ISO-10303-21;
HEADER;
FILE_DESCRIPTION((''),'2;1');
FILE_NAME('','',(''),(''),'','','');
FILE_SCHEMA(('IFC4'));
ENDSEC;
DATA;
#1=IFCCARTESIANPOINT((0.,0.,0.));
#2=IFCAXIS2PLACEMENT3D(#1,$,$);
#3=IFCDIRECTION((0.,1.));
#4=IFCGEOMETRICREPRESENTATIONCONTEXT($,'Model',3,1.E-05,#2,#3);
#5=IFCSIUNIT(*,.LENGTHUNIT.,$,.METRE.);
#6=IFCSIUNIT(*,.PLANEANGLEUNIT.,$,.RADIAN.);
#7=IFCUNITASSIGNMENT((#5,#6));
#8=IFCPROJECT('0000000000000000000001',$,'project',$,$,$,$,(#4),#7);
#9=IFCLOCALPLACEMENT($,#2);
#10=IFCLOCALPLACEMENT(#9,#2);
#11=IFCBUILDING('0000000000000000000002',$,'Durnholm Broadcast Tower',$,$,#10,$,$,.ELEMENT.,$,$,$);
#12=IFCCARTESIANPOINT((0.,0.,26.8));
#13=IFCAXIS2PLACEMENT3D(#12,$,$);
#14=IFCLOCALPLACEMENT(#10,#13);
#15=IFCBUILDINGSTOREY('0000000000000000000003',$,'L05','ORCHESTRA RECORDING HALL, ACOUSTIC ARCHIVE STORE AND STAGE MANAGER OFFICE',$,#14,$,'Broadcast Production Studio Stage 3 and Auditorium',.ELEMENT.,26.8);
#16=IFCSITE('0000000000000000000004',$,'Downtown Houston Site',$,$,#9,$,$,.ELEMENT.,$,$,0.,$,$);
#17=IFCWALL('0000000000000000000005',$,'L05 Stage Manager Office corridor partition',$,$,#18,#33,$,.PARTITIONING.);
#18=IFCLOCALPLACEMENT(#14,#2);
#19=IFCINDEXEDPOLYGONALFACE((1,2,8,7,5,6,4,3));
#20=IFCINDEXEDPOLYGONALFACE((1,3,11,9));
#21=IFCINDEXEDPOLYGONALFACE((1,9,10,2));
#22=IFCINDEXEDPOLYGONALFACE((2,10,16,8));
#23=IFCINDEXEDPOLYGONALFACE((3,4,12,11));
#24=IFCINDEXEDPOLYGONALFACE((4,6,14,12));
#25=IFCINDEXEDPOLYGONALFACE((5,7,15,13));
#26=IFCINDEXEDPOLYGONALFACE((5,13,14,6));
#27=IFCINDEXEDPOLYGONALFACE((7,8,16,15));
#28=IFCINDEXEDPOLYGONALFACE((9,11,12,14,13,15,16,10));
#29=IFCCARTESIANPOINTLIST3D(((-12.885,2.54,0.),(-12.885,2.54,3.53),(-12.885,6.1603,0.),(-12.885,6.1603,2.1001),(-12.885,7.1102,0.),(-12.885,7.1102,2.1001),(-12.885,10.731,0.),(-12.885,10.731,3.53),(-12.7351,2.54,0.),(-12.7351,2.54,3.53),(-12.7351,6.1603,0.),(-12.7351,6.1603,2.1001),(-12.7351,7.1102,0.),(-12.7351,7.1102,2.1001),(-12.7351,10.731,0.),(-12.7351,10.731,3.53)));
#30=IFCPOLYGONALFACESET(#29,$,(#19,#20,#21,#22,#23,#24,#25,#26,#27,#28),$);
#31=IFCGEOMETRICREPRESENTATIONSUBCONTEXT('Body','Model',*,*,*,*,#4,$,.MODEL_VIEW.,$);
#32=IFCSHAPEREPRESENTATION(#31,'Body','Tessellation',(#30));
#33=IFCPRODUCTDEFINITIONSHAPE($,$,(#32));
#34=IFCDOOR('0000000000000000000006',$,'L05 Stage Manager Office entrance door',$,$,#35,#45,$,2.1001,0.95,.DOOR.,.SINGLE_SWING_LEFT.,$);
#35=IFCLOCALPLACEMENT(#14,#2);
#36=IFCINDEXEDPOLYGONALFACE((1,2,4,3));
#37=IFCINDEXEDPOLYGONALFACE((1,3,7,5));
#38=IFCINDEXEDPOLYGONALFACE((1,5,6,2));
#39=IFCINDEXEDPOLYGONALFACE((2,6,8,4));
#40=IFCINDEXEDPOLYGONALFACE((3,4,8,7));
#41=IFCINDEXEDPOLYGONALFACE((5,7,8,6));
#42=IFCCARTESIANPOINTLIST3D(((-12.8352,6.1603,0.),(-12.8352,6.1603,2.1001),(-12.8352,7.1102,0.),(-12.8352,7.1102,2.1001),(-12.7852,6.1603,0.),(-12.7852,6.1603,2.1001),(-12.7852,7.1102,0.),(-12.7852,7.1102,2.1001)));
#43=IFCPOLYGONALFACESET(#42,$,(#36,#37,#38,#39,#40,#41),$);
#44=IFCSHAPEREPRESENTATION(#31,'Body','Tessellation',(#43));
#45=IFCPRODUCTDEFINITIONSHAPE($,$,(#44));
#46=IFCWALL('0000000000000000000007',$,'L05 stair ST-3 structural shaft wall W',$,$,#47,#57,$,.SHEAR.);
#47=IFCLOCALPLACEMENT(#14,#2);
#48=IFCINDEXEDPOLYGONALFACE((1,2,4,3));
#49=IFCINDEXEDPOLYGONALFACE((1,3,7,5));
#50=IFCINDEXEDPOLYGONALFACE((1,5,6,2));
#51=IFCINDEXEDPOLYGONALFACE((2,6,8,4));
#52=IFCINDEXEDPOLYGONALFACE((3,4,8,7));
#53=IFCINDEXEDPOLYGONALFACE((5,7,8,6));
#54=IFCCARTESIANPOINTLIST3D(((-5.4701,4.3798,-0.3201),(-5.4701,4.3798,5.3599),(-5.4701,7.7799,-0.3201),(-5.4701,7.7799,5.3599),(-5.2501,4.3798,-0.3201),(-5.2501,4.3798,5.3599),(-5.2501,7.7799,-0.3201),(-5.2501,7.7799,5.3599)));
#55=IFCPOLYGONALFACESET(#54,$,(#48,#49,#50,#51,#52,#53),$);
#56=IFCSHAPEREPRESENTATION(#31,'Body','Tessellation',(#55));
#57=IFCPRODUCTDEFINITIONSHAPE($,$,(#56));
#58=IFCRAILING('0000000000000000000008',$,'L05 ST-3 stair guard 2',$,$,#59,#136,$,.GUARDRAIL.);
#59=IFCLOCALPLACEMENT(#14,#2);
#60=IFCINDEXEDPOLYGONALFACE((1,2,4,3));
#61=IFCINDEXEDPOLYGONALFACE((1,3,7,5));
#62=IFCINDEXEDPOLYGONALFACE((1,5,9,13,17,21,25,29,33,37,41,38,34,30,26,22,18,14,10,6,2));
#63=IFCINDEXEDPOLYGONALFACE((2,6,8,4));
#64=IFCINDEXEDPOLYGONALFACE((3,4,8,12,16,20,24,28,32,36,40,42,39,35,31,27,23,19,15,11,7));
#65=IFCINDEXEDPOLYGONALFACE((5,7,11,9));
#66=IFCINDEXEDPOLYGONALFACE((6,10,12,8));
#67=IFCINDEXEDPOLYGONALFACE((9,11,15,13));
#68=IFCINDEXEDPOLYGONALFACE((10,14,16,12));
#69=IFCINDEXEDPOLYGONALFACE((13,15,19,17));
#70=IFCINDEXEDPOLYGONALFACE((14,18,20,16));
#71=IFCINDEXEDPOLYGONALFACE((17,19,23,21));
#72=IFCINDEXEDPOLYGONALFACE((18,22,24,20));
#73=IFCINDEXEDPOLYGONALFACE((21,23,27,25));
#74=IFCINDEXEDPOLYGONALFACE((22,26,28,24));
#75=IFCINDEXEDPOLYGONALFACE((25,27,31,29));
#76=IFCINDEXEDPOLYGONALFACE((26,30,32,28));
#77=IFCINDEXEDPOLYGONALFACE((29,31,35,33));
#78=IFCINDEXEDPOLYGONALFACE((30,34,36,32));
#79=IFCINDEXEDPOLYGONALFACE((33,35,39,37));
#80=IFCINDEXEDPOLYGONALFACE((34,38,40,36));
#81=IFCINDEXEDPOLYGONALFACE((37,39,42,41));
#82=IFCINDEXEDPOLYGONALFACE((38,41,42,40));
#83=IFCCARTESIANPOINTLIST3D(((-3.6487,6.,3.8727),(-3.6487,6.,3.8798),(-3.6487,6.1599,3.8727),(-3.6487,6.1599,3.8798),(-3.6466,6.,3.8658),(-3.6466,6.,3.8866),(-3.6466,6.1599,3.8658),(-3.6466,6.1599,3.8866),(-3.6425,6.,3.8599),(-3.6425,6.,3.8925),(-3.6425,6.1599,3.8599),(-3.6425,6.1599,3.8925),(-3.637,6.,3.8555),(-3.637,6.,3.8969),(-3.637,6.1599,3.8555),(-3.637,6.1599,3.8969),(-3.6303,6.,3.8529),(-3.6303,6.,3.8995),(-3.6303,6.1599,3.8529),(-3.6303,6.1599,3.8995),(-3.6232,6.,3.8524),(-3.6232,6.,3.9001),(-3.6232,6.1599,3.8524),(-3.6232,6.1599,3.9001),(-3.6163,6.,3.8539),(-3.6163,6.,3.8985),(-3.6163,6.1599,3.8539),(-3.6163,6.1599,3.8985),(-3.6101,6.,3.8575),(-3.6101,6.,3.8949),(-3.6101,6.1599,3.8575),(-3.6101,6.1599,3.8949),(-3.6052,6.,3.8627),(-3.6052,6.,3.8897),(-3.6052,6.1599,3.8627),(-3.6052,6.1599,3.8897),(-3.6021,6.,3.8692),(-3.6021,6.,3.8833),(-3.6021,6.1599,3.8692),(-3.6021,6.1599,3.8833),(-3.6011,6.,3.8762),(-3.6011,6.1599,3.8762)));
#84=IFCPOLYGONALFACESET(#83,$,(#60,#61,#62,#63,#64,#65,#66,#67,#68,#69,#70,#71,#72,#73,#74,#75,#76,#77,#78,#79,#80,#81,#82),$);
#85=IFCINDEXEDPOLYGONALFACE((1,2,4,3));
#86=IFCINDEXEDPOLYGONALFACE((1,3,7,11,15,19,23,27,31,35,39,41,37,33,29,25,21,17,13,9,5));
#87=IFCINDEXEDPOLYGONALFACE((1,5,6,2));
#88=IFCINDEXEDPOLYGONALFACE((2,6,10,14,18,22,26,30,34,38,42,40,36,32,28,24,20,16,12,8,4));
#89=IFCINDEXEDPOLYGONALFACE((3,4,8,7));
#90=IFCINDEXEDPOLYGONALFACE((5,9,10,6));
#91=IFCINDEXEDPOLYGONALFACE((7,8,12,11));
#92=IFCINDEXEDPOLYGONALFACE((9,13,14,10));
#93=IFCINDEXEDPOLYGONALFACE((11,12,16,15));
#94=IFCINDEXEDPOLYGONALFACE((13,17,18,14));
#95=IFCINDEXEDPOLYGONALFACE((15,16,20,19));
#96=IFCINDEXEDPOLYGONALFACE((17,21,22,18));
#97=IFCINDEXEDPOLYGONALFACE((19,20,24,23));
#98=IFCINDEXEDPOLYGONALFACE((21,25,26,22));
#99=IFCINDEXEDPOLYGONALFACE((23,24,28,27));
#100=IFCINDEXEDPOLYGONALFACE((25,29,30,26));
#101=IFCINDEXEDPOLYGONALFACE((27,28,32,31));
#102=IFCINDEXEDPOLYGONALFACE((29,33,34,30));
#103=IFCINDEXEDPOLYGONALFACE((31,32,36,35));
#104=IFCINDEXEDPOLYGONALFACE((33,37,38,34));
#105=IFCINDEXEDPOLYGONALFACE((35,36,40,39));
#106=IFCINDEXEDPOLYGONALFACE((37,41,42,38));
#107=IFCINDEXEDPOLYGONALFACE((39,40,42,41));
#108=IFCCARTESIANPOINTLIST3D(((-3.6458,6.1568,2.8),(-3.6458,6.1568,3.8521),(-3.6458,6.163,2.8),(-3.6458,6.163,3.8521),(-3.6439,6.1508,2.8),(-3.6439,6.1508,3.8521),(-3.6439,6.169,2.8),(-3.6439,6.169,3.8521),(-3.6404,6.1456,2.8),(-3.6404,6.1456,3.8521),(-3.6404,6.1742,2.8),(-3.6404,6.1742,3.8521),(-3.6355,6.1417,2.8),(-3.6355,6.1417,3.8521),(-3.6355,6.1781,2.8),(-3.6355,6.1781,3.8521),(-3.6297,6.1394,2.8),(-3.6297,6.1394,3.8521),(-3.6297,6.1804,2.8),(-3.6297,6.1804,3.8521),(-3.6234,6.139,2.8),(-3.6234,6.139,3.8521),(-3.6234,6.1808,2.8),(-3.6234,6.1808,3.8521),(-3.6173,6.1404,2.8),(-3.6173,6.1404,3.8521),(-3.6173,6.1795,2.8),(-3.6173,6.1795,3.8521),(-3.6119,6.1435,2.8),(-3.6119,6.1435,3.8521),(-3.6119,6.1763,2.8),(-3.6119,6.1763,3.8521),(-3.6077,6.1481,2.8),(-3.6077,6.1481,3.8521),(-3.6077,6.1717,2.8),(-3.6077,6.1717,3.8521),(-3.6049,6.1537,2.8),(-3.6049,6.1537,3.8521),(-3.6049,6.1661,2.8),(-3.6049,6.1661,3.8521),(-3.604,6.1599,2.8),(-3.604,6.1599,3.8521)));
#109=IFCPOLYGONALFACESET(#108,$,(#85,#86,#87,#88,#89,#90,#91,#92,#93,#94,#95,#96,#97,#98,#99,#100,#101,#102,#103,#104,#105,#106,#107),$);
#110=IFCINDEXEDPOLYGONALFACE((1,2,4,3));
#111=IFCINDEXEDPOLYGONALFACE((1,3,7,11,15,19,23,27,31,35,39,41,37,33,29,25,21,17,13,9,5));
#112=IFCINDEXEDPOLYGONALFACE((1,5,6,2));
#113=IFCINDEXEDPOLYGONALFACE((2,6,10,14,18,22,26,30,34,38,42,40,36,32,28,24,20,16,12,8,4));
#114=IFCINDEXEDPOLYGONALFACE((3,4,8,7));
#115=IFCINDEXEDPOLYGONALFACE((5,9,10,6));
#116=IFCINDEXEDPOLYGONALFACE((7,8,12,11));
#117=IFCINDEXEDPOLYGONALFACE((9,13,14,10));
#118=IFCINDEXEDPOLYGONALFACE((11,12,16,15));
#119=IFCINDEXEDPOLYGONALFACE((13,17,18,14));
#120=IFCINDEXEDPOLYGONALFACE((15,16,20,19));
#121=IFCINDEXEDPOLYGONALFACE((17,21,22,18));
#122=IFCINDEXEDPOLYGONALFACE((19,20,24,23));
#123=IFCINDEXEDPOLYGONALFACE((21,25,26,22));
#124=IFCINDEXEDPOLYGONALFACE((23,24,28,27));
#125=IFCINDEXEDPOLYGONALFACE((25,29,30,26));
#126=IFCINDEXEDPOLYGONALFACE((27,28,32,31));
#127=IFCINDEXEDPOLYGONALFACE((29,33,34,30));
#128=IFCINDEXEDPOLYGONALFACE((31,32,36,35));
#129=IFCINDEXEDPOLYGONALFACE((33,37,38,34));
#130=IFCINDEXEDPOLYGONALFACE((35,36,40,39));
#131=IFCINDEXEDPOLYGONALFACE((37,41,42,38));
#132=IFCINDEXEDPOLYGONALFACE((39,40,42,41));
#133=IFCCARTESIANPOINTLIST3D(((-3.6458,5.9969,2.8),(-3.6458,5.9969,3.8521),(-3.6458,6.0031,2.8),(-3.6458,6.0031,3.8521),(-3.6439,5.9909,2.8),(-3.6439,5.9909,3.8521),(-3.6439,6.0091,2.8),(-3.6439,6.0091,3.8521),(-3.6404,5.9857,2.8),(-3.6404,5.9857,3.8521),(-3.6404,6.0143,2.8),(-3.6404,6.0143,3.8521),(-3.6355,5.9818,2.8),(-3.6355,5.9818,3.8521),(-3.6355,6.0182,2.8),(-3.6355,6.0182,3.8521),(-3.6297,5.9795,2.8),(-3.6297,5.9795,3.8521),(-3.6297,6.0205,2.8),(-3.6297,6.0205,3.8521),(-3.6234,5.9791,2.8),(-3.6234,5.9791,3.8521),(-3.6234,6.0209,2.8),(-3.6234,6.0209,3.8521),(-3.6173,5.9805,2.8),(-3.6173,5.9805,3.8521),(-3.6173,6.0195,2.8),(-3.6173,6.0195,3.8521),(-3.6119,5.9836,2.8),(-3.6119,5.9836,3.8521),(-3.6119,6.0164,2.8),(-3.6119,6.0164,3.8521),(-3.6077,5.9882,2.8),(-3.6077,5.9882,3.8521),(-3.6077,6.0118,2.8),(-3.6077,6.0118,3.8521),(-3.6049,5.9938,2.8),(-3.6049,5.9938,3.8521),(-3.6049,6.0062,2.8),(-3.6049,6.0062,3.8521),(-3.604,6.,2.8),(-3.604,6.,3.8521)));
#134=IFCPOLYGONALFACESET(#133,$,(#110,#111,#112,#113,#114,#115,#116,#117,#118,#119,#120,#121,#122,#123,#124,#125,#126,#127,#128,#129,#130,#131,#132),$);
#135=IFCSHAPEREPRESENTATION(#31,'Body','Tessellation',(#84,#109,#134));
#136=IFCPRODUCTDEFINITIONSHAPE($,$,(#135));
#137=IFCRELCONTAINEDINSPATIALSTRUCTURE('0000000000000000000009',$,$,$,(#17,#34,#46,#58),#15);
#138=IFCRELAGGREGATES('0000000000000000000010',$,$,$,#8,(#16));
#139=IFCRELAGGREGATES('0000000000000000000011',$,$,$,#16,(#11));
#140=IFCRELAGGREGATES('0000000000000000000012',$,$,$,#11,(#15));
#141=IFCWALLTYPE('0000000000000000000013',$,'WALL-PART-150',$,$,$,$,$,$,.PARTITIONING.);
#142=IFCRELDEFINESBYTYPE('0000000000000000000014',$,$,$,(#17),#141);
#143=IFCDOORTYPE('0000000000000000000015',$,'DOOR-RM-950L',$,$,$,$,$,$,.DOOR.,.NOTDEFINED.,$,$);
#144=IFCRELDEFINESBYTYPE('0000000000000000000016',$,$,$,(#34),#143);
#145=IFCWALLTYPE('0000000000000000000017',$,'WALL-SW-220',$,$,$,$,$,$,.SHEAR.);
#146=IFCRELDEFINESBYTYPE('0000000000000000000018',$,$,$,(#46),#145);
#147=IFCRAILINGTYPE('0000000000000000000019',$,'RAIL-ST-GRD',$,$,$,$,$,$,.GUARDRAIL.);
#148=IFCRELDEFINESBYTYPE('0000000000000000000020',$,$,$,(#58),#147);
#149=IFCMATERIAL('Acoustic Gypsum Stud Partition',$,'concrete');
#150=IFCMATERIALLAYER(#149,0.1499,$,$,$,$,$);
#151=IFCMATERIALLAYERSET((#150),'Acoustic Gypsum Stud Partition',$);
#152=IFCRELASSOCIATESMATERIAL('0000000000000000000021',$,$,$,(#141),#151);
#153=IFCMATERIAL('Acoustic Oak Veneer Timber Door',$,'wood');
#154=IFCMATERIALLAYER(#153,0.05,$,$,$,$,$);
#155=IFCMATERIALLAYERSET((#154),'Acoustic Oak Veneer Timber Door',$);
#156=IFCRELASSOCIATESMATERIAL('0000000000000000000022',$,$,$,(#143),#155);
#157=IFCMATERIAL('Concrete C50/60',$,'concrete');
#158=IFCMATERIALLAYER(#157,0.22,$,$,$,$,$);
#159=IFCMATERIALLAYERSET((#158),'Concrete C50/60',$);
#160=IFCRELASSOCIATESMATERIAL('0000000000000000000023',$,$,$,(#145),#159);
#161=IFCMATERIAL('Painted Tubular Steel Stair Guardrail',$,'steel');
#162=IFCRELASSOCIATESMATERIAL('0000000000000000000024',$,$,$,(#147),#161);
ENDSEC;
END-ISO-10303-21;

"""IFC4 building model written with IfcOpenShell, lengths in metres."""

from ifc_helpers import new_model, si_unit, direction, frame, frame_2d, origin, origin_2d, place, context, subcontext, project, spatial, rectangle, circle, extrude, source, transform, mapped, material, layer, layer_set, type_object, type_shapes, element, fill, save


model = new_model("IFC4")

# Units and contexts
model_context = context("Model", 3, precision=1e-05, world=origin(), true_north=direction((0.0, 1.0)))
body_context = subcontext(model_context, "Body", "Model", "MODEL_VIEW")
ifc_project = project(units=[si_unit("LENGTHUNIT", "METRE"), si_unit("PLANEANGLEUNIT", "RADIAN")], contexts=[model_context])

# Site, building, storey
site_placement = place(None, origin())
site = spatial("IfcSite", under=ifc_project, at=site_placement, Name="Downtown Houston Site", CompositionType="ELEMENT", RefElevation=0.0)
building_placement = place(site_placement, origin())
building = spatial("IfcBuilding", under=site, at=building_placement, Name="Durnholm Broadcast Tower", CompositionType="ELEMENT")
storey_placement = place(building_placement, frame((0.0, 0.0, 26.8)))
storey = spatial("IfcBuildingStorey", under=building, at=storey_placement, Name="L05", Description="ORCHESTRA RECORDING HALL, ACOUSTIC ARCHIVE STORE AND STAGE MANAGER OFFICE", LongName="Broadcast Production Studio Stage 3 and Auditorium", CompositionType="ELEMENT", Elevation=26.8)

# Wall, opening, door
ifc_material_1 = material(Name="Acoustic Gypsum Stud Partition", Category="concrete")
ifc_layer_1 = layer(ifc_material_1, 0.1499)
ifc_layer_set_1 = layer_set([ifc_layer_1], Name="Acoustic Gypsum Stud Partition")
wall_type_1 = type_object("IfcWallType", Name="WALL-PART-150", PredefinedType="PARTITIONING", material=ifc_layer_set_1)
ifc_material_2 = material(Name="Acoustic Oak Veneer Timber Door", Category="wood")
wall_1_placement = place(storey_placement, frame((-12.8101, 10.731, 0.0), z_axis=(0.0, 0.0, 1.0), x_axis=(0.0, -1.0, 0.0)))
wall_1 = element("IfcWall", 1, at=wall_1_placement, inside=storey, type_object=wall_type_1, Name="L05 Stage Manager Office corridor partition", PredefinedType="PARTITIONING", context=body_context, shape_type="SweptSolid", body=[
    extrude(rectangle(XDim=8.1909, YDim=0.1499, at=frame_2d((4.0955, 0.0))), origin(), (0.0, 0.0, 1.0), 3.53),
])
opening_1_placement = place(wall_1_placement, frame((3.6206, 0.0, 0.0)))
opening_1 = element("IfcOpeningElement", 2, at=opening_1_placement, cuts=wall_1, PredefinedType="OPENING", context=body_context, shape_type="SweptSolid", body=[
    extrude(rectangle(XDim=0.95, YDim=2.1001, at=frame_2d((0.4751, 1.05))), frame((0.0, 0.085, 0.0), z_axis=(0.0, -1.0, 0.0), x_axis=(1.0, 0.0, 0.0)), (0.0, 0.0, 1.0), 0.1699),
])
ifc_layer_2 = layer(ifc_material_2, 0.05)
ifc_layer_set_2 = layer_set([ifc_layer_2], Name="Acoustic Oak Veneer Timber Door")
door_type_1 = type_object("IfcDoorType", Name="DOOR-RM-950L", OperationType="NOTDEFINED", PredefinedType="DOOR", material=ifc_layer_set_2)
shared_shape_1 = source(origin(), body_context, "Body", "SweptSolid", [
    extrude(rectangle(XDim=0.95, YDim=2.1001, at=frame_2d((0.4751, 1.05))), frame((0.0, 0.0249, 0.0), z_axis=(0.0, -1.0, 0.0), x_axis=(1.0, 0.0, 0.0)), (0.0, 0.0, 1.0), 0.05),
])
type_shapes(door_type_1, [shared_shape_1])
door_1_placement = place(opening_1_placement, origin())
door_1 = element("IfcDoor", 3, at=door_1_placement, inside=storey, type_object=door_type_1, Name="L05 Stage Manager Office entrance door", OperationType="SINGLE_SWING_LEFT", OverallHeight=2.1001, OverallWidth=0.95, PredefinedType="DOOR", context=body_context, shape_type="MappedRepresentation", body=[
    mapped(shared_shape_1, transform((0.0, 0.0, 0.0), x_axis=(1.0, 0.0, 0.0), y_axis=(0.0, 1.0, 0.0), z_axis=(0.0, 0.0, 1.0), scale=1.0)),
])
fill(opening_1, door_1)

# Wall
ifc_material_3 = material(Name="Concrete C50/60", Category="concrete")
ifc_layer_3 = layer(ifc_material_3, 0.22)
ifc_layer_set_3 = layer_set([ifc_layer_3], Name="Concrete C50/60")
wall_type_2 = type_object("IfcWallType", Name="WALL-SW-220", PredefinedType="SHEAR", material=ifc_layer_set_3)
wall_2_placement = place(storey_placement, frame((-5.3601, 7.78, -0.3201), z_axis=(0.0, 0.0, 1.0), x_axis=(0.0, -1.0, 0.0)))
element("IfcWall", 4, at=wall_2_placement, inside=storey, type_object=wall_type_2, Name="L05 stair ST-3 structural shaft wall W", PredefinedType="SHEAR", context=body_context, shape_type="SweptSolid", body=[
    extrude(rectangle(XDim=3.4001, YDim=0.22, at=frame_2d((1.7002, 0.0))), origin(), (0.0, 0.0, 1.0), 5.6799),
])

# Railing
ifc_material_4 = material(Name="Painted Tubular Steel Stair Guardrail", Category="steel")
railing_type = type_object("IfcRailingType", Name="RAIL-ST-GRD", PredefinedType="GUARDRAIL", material=ifc_material_4)
railing_1_placement = place(storey_placement, frame((-3.625, 6.1599, 2.8)))
element("IfcRailing", 5, at=railing_1_placement, inside=storey, type_object=railing_type, Name="L05 ST-3 stair guard 2", PredefinedType="GUARDRAIL", context=body_context, shape_type="SweptSolid", body=[
    extrude(circle(Radius=0.0239, at=origin_2d()), frame((0.0, 0.0, 1.0762), z_axis=(0.0, -1.0, 0.0), x_axis=(1.0, 0.0, 0.0)), (0.0, 0.0, 1.0), 0.1599),
    extrude(circle(Radius=0.021, at=origin_2d()), origin(), (0.0, 0.0, 1.0), 1.052),
    extrude(circle(Radius=0.021, at=origin_2d()), frame((0.0, -0.1599, 0.0)), (0.0, 0.0, 1.0), 1.052),
])

save(model, "model.ifc")
